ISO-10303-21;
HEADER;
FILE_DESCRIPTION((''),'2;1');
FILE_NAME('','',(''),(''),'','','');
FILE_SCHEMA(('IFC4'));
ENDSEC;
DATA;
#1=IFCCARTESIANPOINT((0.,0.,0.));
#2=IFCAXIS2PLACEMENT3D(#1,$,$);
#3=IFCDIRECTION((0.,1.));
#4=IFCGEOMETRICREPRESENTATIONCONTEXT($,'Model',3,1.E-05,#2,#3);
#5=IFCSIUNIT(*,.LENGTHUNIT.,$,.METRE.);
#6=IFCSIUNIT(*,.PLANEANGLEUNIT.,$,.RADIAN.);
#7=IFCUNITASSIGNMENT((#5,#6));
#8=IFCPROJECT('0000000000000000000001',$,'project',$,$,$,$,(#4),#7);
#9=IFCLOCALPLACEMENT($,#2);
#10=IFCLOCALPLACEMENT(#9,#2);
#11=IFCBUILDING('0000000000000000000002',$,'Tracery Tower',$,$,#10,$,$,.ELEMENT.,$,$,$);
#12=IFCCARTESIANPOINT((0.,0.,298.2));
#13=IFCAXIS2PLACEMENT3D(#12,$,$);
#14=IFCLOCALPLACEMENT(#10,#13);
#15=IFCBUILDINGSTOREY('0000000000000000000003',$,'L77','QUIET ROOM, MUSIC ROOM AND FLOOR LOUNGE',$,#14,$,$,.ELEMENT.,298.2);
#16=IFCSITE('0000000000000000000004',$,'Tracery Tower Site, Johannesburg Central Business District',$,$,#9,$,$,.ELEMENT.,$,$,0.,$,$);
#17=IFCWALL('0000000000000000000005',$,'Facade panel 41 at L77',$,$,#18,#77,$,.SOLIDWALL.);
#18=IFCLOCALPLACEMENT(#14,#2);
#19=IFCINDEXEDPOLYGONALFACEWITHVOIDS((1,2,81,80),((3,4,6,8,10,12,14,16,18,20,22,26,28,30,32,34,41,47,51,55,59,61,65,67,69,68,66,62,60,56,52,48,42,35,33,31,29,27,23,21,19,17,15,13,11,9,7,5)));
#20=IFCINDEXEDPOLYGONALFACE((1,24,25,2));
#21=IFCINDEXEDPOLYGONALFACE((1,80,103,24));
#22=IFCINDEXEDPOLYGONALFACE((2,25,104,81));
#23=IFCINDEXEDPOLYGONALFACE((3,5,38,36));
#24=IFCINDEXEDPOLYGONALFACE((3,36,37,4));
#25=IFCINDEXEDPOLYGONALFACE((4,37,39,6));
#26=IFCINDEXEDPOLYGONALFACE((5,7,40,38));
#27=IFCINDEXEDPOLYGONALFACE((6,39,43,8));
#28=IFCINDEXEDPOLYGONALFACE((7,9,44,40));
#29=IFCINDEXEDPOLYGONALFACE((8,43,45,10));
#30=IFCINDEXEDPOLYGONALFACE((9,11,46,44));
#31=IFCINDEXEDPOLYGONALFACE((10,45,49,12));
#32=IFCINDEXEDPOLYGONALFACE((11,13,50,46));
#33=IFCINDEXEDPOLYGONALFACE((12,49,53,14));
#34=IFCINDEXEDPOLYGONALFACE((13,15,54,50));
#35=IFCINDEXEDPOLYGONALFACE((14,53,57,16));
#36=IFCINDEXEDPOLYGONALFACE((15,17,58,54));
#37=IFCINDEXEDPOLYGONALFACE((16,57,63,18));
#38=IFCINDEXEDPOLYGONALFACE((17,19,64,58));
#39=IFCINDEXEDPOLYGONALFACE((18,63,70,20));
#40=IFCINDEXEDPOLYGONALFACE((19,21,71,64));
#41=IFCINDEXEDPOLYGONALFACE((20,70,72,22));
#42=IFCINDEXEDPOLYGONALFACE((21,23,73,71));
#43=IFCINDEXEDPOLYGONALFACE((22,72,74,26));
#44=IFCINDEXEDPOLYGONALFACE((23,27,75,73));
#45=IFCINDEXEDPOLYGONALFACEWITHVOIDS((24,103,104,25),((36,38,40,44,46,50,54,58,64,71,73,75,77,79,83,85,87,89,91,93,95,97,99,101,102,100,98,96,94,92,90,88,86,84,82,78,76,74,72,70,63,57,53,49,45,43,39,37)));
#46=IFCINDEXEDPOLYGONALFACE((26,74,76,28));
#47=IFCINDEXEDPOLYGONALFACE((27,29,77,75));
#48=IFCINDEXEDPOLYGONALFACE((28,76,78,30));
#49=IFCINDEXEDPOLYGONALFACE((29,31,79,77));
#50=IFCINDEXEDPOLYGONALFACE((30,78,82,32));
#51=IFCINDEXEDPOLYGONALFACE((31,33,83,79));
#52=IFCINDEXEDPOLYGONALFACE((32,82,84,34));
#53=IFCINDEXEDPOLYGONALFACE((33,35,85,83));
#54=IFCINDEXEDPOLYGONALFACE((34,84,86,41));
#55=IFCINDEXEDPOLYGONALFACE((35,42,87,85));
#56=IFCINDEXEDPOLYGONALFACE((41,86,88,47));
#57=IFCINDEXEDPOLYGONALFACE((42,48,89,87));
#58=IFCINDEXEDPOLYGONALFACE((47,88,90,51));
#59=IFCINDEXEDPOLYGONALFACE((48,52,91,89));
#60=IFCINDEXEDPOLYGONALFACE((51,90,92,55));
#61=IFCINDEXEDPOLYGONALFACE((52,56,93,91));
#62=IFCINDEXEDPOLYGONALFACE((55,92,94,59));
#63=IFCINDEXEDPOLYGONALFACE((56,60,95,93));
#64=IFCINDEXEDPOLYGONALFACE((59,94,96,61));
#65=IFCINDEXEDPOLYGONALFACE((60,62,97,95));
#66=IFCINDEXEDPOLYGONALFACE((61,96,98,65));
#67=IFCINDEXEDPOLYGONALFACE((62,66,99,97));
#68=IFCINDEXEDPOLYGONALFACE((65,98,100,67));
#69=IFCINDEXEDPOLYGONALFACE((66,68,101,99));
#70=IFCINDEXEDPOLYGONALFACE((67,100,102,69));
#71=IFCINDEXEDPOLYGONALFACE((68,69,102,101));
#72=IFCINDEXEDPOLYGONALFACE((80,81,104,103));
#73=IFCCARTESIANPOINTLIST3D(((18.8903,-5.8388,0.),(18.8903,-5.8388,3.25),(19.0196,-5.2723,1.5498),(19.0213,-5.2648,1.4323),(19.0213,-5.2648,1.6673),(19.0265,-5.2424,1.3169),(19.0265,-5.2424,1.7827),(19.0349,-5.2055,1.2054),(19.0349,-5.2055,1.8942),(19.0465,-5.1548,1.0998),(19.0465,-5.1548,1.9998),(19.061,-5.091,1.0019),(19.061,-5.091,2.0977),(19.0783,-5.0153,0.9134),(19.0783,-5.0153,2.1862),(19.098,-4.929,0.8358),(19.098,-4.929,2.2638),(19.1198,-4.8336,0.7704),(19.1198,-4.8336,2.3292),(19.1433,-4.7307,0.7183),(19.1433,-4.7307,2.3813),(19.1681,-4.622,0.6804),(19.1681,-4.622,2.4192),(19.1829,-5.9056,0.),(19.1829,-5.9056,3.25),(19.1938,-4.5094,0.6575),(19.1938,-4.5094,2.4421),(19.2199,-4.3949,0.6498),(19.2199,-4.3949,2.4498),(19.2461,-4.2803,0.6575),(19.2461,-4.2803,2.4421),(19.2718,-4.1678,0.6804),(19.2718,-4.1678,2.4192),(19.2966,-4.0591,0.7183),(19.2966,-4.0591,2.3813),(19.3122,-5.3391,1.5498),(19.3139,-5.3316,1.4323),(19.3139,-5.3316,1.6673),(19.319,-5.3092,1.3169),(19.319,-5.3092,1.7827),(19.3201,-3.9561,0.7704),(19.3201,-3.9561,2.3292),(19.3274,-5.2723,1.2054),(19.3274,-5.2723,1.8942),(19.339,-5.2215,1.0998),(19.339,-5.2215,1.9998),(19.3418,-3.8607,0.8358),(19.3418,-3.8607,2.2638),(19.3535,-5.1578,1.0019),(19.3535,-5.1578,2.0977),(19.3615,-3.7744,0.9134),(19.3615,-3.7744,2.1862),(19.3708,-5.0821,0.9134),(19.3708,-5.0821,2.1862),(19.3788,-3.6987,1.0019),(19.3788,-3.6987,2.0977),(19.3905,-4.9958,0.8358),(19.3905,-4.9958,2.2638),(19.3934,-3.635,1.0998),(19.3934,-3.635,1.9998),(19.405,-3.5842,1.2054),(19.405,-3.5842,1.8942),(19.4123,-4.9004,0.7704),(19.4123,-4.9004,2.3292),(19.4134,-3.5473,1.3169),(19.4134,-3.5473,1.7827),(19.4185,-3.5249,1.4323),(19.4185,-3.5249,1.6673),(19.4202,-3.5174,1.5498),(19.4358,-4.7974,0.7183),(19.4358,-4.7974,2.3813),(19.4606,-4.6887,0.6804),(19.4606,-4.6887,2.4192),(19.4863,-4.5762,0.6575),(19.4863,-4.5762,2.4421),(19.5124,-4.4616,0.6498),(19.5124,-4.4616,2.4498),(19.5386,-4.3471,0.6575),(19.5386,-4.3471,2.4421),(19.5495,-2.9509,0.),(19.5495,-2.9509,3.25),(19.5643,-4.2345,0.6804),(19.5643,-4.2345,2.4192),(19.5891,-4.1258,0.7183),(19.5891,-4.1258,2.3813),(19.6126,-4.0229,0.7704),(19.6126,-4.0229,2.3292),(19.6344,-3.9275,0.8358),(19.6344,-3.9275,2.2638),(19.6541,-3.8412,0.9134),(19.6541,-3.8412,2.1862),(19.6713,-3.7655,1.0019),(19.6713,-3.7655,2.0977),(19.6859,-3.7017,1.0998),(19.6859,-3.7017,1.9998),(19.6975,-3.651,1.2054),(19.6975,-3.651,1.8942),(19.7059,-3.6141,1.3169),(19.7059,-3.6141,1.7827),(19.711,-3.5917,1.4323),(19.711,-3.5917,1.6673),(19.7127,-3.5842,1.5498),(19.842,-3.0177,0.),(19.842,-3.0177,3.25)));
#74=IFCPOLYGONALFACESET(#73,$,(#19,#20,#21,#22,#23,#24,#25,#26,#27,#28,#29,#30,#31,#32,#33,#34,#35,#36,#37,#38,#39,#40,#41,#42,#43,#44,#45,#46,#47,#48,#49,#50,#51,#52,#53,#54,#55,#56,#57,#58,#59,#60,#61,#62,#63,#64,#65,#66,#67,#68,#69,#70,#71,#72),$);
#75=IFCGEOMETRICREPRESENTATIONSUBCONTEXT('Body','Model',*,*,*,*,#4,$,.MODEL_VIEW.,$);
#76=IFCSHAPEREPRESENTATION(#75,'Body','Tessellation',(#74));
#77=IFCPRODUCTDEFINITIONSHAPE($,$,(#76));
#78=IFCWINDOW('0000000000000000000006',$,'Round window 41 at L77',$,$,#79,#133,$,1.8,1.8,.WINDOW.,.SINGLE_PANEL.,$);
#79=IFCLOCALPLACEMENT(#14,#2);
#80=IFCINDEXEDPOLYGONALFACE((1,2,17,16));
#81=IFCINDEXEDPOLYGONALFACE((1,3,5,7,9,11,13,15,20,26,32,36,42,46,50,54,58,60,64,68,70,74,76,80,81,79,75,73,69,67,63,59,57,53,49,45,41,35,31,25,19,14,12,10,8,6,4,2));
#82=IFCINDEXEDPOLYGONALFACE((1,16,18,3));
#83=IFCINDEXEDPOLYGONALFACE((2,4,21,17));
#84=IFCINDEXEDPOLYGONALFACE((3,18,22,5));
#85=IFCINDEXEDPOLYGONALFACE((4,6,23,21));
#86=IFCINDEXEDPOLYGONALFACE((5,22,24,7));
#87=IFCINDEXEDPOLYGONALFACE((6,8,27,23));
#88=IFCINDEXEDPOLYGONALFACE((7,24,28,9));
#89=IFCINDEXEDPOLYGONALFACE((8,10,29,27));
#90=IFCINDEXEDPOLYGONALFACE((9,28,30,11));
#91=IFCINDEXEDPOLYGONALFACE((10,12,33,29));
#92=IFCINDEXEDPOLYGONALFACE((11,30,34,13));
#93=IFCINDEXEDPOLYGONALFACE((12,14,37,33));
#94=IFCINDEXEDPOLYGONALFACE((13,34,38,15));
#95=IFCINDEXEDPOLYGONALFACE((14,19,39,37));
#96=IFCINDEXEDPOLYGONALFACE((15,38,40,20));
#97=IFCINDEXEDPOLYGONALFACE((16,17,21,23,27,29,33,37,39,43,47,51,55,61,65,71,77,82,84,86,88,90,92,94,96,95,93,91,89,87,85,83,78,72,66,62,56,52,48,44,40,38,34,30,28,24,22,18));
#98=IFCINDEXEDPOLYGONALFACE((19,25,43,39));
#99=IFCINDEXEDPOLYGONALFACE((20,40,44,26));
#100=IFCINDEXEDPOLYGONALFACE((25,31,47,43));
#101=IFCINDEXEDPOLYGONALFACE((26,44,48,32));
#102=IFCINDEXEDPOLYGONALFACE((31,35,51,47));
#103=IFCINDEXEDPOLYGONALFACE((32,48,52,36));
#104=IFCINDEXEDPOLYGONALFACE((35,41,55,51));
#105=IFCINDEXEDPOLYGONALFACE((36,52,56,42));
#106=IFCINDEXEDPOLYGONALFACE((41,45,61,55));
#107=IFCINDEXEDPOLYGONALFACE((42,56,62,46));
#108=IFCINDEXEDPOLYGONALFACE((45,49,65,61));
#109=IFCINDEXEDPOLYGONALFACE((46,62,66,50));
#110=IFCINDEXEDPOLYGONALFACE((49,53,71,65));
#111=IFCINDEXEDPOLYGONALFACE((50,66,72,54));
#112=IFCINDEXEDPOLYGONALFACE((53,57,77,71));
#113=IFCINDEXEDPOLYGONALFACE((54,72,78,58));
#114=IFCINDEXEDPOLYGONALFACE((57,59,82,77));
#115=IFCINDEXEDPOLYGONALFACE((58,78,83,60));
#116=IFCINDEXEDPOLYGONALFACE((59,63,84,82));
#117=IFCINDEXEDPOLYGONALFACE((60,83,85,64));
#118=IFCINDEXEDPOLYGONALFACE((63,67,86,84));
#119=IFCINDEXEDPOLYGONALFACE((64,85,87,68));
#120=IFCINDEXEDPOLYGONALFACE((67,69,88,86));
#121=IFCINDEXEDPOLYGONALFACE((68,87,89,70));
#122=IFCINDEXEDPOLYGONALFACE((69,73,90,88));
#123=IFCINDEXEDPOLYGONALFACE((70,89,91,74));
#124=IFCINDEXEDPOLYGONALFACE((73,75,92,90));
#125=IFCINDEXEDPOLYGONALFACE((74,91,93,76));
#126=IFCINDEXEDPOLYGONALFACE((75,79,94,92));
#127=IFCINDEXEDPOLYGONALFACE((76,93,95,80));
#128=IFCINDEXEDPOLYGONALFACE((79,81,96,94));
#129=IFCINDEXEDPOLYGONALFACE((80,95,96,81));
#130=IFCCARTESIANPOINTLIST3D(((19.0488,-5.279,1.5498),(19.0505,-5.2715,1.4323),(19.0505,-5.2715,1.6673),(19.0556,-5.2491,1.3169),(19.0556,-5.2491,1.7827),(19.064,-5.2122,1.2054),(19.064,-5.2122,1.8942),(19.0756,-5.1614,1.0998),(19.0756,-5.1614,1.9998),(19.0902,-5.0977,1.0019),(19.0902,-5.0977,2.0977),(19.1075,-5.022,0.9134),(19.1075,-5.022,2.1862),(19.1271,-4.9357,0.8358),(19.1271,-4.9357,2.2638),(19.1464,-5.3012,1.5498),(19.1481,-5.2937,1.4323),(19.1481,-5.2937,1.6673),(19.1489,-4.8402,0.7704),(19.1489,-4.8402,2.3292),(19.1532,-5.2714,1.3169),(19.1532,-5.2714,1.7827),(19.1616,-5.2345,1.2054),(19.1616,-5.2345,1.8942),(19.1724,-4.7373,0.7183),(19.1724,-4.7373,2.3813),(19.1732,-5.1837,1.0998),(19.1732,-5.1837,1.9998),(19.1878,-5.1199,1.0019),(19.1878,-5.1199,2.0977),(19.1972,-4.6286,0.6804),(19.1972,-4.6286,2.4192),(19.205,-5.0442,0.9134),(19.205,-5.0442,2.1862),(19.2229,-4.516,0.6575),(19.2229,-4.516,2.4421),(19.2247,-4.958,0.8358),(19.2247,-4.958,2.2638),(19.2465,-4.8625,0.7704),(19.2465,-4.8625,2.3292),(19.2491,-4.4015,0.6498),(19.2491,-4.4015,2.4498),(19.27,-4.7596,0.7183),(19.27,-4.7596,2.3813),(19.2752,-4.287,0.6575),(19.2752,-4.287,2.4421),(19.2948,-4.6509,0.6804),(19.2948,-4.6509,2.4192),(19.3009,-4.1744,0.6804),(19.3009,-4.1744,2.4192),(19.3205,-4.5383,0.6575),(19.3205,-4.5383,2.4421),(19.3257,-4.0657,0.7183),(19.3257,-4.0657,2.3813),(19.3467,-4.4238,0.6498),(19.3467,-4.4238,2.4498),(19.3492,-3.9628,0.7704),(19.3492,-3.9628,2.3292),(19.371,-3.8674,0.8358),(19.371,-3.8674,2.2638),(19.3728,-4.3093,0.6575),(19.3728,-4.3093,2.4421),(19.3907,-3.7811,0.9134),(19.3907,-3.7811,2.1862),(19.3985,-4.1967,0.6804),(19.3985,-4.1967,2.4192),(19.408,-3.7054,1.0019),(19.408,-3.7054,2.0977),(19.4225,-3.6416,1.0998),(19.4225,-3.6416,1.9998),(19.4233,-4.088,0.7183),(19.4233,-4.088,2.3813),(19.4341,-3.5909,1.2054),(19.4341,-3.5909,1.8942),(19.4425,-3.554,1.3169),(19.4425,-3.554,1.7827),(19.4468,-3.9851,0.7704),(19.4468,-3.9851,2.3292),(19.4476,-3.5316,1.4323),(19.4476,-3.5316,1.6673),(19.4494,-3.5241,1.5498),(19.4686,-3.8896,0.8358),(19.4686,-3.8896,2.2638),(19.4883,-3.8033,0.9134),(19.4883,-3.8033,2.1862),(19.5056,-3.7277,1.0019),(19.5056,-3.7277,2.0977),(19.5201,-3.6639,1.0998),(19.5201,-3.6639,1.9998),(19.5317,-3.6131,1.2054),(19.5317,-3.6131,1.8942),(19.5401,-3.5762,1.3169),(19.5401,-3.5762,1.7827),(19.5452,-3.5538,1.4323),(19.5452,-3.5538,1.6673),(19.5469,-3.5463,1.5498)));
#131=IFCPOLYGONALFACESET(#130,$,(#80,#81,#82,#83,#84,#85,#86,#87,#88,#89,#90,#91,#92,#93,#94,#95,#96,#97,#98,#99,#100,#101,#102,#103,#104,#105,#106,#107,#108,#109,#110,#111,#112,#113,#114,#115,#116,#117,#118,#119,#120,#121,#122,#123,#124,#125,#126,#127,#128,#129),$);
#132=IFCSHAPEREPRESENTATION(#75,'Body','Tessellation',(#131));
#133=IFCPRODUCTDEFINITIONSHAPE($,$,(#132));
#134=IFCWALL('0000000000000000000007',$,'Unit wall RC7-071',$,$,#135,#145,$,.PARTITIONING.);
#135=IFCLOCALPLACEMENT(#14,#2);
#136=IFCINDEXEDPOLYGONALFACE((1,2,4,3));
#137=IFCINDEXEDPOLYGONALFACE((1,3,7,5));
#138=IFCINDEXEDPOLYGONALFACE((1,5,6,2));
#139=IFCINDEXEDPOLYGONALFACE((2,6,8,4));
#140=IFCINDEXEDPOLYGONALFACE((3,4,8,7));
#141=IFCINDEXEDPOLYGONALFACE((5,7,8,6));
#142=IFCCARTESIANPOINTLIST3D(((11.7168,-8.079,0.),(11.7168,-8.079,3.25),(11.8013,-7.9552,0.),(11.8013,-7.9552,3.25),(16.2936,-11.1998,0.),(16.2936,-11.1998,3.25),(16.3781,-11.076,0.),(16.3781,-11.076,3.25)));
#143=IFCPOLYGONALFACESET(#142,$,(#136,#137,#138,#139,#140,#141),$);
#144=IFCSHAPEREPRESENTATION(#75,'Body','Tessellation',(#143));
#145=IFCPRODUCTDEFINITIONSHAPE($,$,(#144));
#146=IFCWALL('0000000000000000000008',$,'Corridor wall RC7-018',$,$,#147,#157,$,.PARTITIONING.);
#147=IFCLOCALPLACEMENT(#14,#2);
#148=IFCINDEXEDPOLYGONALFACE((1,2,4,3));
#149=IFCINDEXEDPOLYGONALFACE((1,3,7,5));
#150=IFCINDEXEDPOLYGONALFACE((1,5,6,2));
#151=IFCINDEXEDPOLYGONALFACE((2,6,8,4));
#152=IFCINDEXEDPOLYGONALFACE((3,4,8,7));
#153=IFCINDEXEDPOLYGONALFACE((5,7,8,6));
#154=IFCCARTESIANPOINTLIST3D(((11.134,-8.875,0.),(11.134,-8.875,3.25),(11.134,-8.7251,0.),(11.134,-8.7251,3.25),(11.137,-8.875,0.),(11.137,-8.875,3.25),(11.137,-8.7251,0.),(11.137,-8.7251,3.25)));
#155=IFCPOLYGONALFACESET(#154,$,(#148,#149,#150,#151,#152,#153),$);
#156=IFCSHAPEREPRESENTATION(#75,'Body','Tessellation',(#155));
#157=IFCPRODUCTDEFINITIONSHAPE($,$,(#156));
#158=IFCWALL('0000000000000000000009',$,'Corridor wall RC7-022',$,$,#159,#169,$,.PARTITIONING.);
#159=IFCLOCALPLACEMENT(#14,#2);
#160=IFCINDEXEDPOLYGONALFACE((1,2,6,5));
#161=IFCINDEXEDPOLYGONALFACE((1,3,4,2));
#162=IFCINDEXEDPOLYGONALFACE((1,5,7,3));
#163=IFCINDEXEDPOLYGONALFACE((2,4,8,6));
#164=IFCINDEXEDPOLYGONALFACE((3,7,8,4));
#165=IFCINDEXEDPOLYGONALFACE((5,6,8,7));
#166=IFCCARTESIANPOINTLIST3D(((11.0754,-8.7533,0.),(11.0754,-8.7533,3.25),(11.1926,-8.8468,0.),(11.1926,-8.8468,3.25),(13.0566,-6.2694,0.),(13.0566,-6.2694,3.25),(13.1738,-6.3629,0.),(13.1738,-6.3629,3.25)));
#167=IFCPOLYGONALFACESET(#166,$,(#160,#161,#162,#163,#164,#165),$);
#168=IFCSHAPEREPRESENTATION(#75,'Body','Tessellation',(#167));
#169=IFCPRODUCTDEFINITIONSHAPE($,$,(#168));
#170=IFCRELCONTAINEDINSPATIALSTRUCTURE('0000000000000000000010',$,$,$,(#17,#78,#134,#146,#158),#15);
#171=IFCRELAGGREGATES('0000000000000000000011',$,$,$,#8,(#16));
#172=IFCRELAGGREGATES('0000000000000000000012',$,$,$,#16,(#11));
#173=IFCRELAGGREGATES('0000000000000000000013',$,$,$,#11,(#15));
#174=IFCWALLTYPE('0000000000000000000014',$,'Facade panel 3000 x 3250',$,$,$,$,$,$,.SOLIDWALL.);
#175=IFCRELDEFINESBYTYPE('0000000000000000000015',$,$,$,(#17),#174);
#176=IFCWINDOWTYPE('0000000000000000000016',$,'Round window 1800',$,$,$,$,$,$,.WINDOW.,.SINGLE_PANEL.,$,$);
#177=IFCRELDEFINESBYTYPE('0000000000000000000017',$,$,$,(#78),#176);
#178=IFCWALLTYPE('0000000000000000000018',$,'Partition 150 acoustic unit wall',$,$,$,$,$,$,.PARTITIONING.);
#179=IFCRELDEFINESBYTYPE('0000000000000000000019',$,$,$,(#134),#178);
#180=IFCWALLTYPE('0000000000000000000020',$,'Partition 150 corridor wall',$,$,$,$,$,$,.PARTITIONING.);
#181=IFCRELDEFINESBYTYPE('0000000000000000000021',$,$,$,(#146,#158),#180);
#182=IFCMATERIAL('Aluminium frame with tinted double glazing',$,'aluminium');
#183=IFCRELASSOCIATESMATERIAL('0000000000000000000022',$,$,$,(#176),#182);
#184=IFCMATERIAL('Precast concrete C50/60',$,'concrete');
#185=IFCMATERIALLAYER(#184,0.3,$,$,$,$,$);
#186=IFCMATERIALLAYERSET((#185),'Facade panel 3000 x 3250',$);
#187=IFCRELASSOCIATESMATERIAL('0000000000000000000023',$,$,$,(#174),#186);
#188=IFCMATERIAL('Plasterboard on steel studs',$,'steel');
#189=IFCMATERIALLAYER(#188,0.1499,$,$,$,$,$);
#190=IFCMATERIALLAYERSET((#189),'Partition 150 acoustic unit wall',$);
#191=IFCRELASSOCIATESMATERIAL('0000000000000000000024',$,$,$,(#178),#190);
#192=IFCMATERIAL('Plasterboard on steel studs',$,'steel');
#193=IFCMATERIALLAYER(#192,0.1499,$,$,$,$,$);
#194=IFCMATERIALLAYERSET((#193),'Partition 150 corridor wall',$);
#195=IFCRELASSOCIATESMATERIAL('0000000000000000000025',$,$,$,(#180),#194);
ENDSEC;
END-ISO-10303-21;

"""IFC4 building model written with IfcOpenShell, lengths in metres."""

from ifc_helpers import new_model, si_unit, direction, frame, frame_2d, origin, origin_2d, place, context, subcontext, project, spatial, rectangle, circle, extrude, material, layer, layer_set, type_object, element, fill, save


model = new_model("IFC4")

# Units and contexts
model_context = context("Model", 3, precision=1e-05, world=origin(), true_north=direction((0.0, 1.0)))
body_context = subcontext(model_context, "Body", "Model", "MODEL_VIEW")
ifc_project = project(units=[si_unit("LENGTHUNIT", "METRE"), si_unit("PLANEANGLEUNIT", "RADIAN")], contexts=[model_context])

# Site, building, storey
site_placement = place(None, origin())
site = spatial("IfcSite", under=ifc_project, at=site_placement, Name="Tracery Tower Site, Johannesburg Central Business District", CompositionType="ELEMENT", RefElevation=0.0)
building_placement = place(site_placement, origin())
building = spatial("IfcBuilding", under=site, at=building_placement, Name="Tracery Tower", CompositionType="ELEMENT")
storey_placement = place(building_placement, frame((0.0, 0.0, 298.2)))
storey = spatial("IfcBuildingStorey", under=building, at=storey_placement, Name="L77", Description="QUIET ROOM, MUSIC ROOM AND FLOOR LOUNGE", CompositionType="ELEMENT", Elevation=298.2)

# Wall, opening, window
ifc_material_1 = material(Name="Aluminium frame with tinted double glazing", Category="aluminium")
window_type = type_object("IfcWindowType", Name="Round window 1800", PartitioningType="SINGLE_PANEL", PredefinedType="WINDOW", material=ifc_material_1)
ifc_material_2 = material(Name="Precast concrete C50/60", Category="concrete")
ifc_layer_1 = layer(ifc_material_2, 0.3)
ifc_layer_set_1 = layer_set([ifc_layer_1], Name="Facade panel 3000 x 3250")
wall_type_1 = type_object("IfcWallType", Name="Facade panel 3000 x 3250", PredefinedType="SOLIDWALL", material=ifc_layer_set_1)
wall_1_placement = place(storey_placement, frame((19.0366, -5.8721, 0.0), z_axis=(0.0, 0.0, 1.0), x_axis=(0.222529, 0.974926, 0.0)))
wall_1 = element("IfcWall", 1, at=wall_1_placement, inside=storey, type_object=wall_type_1, Name="Facade panel 41 at L77", PredefinedType="SOLIDWALL", context=body_context, shape_type="SweptSolid", body=[
    extrude(rectangle(XDim=2.9622, YDim=0.3, at=frame_2d((1.481, 0.0))), origin(), (0.0, 0.0, 1.0), 3.25),
])
opening_1_placement = place(wall_1_placement, frame((1.481, 0.0, 1.5498)))
opening_1 = element("IfcOpeningElement", 2, at=opening_1_placement, cuts=wall_1, PredefinedType="OPENING", context=body_context, shape_type="SweptSolid", body=[
    extrude(circle(Radius=0.9, at=origin_2d()), frame((0.0, 0.1599, 0.0), z_axis=(0.0, -1.0, 0.0), x_axis=(1.0, 0.0, 0.0)), (0.0, 0.0, 1.0), 0.3201),
])
window_1_placement = place(opening_1_placement, origin())
window_1 = element("IfcWindow", 3, at=window_1_placement, inside=storey, type_object=window_type, Name="Round window 41 at L77", OverallHeight=1.8, OverallWidth=1.8, PartitioningType="SINGLE_PANEL", PredefinedType="WINDOW", context=body_context, shape_type="SweptSolid", body=[
    extrude(circle(Radius=0.9, at=origin_2d()), frame((0.0, 0.1201, 0.0), z_axis=(0.0, -1.0, 0.0), x_axis=(1.0, 0.0, 0.0)), (0.0, 0.0, 1.0), 0.1001),
])
fill(opening_1, window_1)

# Walls
ifc_material_3 = material(Name="Plasterboard on steel studs", Category="steel")
ifc_layer_2 = layer(ifc_material_3, 0.1499)
ifc_layer_set_2 = layer_set([ifc_layer_2], Name="Partition 150 acoustic unit wall")
wall_type_2 = type_object("IfcWallType", Name="Partition 150 acoustic unit wall", PredefinedType="PARTITIONING", material=ifc_layer_set_2)
wall_2_placement = place(storey_placement, frame((11.759, -8.0171, 0.0), z_axis=(0.0, 0.0, 1.0), x_axis=(0.826208, -0.563366, 0.0)))
element("IfcWall", 4, at=wall_2_placement, inside=storey, type_object=wall_type_2, Name="Unit wall RC7-071", PredefinedType="PARTITIONING", context=body_context, shape_type="SweptSolid", body=[
    extrude(rectangle(XDim=5.5396, YDim=0.1499, at=frame_2d((2.7698, 0.0))), origin(), (0.0, 0.0, 1.0), 3.25),
])
ifc_material_4 = material(Name="Plasterboard on steel studs", Category="steel")
ifc_layer_3 = layer(ifc_material_4, 0.1499)
ifc_layer_set_3 = layer_set([ifc_layer_3], Name="Partition 150 corridor wall")
wall_type_3 = type_object("IfcWallType", Name="Partition 150 corridor wall", PredefinedType="PARTITIONING", material=ifc_layer_set_3)
wall_3_placement = place(storey_placement, frame((11.137, -8.8, 0.0), z_axis=(0.0, 0.0, 1.0), x_axis=(-1.0, 0.0, 0.0)))
element("IfcWall", 5, at=wall_3_placement, inside=storey, type_object=wall_type_3, Name="Corridor wall RC7-018", PredefinedType="PARTITIONING", context=body_context, shape_type="SweptSolid", body=[
    extrude(rectangle(XDim=0.0029, YDim=0.1499, at=frame_2d((0.0015, 0.0))), origin(), (0.0, 0.0, 1.0), 3.25),
])
wall_4_placement = place(storey_placement, frame((11.134, -8.8, 0.0), z_axis=(0.0, 0.0, 1.0), x_axis=(0.623561, 0.781775, 0.0)))
element("IfcWall", 6, at=wall_4_placement, inside=storey, type_object=wall_type_3, Name="Corridor wall RC7-022", PredefinedType="PARTITIONING", context=body_context, shape_type="SweptSolid", body=[
    extrude(rectangle(XDim=3.1772, YDim=0.1499, at=frame_2d((1.5886, 0.0))), origin(), (0.0, 0.0, 1.0), 3.25),
])

save(model, "model.ifc")
